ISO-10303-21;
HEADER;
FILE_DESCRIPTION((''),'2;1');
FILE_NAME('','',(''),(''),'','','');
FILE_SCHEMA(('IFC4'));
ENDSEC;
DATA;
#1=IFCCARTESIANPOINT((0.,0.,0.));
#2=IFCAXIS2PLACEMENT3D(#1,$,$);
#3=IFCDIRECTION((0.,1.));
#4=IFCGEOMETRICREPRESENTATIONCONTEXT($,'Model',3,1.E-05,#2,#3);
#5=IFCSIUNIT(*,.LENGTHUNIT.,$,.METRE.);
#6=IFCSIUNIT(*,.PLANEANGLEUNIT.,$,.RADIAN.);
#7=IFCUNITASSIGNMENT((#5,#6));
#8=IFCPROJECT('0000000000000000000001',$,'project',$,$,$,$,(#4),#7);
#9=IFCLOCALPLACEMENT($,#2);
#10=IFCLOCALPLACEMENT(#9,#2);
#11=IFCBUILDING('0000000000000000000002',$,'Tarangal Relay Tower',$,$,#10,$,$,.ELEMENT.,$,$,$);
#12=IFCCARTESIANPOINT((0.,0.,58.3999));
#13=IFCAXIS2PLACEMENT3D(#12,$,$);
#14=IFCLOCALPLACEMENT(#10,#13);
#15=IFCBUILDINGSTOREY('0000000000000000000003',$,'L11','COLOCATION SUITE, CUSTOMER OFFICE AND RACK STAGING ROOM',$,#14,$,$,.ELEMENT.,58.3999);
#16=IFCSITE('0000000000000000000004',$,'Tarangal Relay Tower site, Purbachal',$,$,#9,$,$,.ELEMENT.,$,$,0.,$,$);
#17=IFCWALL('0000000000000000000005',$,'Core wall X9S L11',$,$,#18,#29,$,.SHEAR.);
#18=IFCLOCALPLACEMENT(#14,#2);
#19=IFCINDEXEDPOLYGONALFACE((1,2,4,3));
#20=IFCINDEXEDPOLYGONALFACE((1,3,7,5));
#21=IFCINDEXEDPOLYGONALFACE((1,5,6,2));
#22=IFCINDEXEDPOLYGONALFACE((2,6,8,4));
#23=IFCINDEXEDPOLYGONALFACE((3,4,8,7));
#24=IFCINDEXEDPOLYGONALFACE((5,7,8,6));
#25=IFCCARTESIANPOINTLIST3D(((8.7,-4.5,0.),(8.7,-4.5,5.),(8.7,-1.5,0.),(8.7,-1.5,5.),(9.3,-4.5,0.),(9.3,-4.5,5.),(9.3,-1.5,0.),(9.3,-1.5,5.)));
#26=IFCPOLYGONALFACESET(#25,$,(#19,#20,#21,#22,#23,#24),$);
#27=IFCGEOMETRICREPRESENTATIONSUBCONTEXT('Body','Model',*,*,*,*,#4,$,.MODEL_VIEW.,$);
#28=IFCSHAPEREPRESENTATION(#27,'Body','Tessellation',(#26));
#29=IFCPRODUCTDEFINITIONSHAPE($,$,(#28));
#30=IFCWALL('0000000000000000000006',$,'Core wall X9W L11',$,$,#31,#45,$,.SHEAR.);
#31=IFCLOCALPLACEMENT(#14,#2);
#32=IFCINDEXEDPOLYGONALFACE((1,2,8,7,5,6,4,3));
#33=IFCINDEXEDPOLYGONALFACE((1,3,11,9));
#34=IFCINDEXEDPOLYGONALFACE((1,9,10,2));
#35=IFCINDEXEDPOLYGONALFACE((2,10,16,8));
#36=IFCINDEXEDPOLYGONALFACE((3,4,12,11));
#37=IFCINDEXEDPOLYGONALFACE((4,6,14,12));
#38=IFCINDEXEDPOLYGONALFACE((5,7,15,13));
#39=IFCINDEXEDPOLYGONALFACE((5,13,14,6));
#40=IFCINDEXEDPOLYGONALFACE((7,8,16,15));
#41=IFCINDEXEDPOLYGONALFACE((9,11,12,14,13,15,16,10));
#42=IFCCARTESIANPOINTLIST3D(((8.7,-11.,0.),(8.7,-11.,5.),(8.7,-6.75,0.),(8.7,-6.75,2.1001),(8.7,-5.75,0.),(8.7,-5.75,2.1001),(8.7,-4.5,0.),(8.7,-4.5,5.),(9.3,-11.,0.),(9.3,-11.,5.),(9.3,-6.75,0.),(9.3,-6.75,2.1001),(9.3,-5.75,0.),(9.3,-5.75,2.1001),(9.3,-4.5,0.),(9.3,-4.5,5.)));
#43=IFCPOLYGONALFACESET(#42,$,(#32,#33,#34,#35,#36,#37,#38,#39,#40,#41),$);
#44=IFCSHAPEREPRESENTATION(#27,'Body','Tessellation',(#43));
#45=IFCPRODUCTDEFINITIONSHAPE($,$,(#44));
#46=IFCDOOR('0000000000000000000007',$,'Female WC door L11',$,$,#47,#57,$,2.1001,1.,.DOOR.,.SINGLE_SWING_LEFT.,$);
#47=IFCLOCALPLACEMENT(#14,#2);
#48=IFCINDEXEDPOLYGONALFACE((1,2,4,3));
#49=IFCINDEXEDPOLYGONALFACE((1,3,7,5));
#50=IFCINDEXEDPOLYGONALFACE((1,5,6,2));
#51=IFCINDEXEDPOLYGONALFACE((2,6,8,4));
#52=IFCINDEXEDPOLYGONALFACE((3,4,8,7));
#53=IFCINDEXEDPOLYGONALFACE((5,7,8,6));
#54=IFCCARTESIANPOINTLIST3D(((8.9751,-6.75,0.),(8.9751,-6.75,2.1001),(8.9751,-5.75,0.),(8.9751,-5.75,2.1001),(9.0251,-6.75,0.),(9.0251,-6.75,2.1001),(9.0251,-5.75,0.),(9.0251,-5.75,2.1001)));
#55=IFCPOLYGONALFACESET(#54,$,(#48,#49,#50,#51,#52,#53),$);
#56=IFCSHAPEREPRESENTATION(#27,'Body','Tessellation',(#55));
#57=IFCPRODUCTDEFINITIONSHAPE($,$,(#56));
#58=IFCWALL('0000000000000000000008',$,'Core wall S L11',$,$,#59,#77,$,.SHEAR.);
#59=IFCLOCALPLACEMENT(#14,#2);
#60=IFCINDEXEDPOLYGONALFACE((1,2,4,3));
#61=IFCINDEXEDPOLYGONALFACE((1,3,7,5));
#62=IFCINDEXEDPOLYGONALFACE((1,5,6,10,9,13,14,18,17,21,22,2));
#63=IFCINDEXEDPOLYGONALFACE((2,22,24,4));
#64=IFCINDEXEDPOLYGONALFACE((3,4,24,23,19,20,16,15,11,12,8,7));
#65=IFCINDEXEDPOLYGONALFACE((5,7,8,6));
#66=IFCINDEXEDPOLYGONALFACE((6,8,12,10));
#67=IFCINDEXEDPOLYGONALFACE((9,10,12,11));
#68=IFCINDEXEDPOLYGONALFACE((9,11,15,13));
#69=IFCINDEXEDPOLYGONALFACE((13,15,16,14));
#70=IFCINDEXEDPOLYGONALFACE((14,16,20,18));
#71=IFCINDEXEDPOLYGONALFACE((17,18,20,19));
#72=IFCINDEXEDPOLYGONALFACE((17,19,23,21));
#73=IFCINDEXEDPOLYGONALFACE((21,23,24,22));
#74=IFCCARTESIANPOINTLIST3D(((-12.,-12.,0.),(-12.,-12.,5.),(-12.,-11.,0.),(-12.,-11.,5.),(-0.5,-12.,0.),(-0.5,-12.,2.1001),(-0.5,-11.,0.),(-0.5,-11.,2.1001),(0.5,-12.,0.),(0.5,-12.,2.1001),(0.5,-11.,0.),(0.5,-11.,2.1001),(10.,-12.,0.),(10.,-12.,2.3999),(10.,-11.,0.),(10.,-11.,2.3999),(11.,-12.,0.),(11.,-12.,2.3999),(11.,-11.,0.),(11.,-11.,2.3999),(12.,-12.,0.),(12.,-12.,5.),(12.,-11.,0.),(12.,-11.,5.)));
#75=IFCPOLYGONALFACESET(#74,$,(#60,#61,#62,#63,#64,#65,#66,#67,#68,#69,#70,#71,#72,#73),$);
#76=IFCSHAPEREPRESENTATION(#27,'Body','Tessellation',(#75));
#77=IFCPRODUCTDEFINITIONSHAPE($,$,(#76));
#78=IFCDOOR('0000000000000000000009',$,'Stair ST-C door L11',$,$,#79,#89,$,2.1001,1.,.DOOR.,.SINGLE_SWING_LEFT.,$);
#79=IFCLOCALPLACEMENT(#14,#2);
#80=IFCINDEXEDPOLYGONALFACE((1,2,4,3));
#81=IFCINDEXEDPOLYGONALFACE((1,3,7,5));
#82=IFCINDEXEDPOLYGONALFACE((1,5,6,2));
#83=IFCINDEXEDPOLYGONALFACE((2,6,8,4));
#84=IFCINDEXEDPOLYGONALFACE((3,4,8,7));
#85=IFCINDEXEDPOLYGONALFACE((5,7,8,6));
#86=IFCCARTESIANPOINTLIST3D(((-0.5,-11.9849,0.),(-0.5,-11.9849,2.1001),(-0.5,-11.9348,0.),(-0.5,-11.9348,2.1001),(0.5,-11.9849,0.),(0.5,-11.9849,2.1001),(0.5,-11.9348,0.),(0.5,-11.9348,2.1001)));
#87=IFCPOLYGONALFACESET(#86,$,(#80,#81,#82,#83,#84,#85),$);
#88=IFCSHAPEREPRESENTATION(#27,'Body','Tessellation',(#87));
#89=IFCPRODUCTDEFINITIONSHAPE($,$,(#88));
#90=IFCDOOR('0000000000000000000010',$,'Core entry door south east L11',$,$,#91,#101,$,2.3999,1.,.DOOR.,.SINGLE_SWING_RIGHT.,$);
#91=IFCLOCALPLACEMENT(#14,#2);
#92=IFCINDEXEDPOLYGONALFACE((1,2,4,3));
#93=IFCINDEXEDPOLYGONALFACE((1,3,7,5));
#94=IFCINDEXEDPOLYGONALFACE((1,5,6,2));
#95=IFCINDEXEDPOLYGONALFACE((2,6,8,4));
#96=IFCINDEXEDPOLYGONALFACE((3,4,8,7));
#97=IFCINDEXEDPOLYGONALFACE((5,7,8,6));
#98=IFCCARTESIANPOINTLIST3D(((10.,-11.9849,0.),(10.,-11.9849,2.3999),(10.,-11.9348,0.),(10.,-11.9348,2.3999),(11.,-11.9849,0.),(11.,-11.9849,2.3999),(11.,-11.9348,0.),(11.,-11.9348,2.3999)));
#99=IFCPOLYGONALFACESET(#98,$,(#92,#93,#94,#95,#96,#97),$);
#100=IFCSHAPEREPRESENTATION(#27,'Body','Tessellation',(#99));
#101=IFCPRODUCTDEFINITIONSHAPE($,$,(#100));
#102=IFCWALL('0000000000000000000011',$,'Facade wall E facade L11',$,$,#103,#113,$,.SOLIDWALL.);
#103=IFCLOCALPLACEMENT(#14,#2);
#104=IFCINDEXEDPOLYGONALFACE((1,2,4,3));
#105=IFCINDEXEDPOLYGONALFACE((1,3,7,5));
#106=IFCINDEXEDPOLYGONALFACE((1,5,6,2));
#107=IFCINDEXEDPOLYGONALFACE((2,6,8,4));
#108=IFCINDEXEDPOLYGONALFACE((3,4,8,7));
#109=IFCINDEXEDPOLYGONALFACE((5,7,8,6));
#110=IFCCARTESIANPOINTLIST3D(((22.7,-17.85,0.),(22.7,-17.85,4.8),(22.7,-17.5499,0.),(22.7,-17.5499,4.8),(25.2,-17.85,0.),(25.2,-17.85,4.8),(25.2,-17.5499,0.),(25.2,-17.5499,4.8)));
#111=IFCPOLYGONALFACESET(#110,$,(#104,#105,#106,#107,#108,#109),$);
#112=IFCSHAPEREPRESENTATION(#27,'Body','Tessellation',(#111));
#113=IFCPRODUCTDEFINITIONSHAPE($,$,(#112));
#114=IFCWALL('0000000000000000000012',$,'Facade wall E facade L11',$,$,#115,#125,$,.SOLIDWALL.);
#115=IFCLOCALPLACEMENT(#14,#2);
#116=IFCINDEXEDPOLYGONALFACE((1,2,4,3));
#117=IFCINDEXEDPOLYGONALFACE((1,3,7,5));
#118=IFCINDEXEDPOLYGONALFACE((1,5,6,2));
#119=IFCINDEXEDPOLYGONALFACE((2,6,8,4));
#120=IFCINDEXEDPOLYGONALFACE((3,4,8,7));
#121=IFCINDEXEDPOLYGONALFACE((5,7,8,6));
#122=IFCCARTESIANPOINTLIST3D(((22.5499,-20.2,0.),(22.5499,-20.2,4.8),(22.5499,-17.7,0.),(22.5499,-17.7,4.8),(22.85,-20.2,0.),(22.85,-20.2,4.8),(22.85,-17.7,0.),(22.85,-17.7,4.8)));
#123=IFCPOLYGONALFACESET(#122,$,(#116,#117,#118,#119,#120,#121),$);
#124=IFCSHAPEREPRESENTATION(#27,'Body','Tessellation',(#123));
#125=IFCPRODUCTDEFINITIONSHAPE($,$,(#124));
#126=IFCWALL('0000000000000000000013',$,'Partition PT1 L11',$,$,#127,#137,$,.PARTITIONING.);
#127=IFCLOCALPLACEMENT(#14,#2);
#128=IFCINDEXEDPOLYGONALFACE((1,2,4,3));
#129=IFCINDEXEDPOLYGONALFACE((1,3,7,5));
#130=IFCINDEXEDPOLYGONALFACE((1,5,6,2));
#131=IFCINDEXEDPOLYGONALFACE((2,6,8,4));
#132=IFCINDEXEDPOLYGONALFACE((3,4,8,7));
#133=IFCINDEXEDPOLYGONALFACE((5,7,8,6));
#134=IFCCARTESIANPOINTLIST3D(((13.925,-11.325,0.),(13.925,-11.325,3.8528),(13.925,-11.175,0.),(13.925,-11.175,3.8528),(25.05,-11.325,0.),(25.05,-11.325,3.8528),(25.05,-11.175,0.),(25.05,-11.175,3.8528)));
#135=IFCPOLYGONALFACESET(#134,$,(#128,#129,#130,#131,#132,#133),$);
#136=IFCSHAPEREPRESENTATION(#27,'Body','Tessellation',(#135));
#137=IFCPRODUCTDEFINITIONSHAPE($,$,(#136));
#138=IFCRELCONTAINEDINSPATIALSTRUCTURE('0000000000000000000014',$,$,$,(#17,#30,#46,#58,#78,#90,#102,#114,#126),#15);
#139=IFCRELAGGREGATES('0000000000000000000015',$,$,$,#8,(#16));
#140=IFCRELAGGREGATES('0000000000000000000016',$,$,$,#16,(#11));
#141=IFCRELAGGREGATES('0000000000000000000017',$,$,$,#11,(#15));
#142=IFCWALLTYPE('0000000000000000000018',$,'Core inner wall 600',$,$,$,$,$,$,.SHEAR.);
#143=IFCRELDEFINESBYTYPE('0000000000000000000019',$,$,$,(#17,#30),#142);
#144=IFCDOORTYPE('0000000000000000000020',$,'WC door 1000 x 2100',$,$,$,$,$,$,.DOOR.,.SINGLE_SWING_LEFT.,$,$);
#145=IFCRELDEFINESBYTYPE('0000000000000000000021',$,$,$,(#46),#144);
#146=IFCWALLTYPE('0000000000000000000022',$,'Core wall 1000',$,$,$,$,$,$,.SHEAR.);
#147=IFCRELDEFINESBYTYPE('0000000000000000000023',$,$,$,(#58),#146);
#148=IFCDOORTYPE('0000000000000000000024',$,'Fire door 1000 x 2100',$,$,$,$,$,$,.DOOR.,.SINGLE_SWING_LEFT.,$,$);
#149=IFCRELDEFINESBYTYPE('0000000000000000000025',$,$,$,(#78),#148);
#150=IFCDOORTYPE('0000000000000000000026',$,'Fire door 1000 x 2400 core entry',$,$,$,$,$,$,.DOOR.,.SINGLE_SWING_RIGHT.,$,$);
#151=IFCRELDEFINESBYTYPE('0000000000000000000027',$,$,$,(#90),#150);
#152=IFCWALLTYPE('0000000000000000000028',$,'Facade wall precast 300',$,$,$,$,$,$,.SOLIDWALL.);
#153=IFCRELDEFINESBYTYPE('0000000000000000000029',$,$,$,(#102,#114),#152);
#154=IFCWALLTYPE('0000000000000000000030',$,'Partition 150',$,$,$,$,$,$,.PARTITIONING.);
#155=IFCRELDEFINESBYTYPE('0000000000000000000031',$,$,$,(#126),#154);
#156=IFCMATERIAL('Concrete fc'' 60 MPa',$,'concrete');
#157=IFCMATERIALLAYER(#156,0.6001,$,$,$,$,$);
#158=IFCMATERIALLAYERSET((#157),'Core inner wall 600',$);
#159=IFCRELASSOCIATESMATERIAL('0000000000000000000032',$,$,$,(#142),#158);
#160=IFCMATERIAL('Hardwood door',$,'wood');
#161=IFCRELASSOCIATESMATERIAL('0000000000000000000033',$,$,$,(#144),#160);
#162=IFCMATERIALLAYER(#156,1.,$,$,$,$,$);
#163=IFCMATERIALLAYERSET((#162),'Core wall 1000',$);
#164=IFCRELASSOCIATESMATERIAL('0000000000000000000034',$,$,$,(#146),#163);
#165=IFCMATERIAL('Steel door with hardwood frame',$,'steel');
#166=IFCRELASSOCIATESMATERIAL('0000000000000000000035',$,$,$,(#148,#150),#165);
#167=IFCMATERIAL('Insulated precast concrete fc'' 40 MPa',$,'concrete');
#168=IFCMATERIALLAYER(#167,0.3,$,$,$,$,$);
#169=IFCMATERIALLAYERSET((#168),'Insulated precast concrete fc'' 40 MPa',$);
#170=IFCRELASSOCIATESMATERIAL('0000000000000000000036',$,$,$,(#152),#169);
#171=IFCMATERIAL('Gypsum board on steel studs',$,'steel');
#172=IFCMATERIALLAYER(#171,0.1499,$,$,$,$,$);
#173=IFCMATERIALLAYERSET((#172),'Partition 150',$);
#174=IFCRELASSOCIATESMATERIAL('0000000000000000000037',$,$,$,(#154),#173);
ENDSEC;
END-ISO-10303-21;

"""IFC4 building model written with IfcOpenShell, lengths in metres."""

from ifc_helpers import new_model, si_unit, direction, frame, frame_2d, origin, place, context, subcontext, project, spatial, rectangle, extrude, material, layer, layer_set, type_object, element, fill, save


model = new_model("IFC4")

# Units and contexts
model_context = context("Model", 3, precision=1e-05, world=origin(), true_north=direction((0.0, 1.0)))
body_context = subcontext(model_context, "Body", "Model", "MODEL_VIEW")
ifc_project = project(units=[si_unit("LENGTHUNIT", "METRE"), si_unit("PLANEANGLEUNIT", "RADIAN")], contexts=[model_context])

# Site, building, storey
site_placement = place(None, origin())
site = spatial("IfcSite", under=ifc_project, at=site_placement, Name="Tarangal Relay Tower site, Purbachal", CompositionType="ELEMENT", RefElevation=0.0)
building_placement = place(site_placement, origin())
building = spatial("IfcBuilding", under=site, at=building_placement, Name="Tarangal Relay Tower", CompositionType="ELEMENT")
storey_placement = place(building_placement, frame((0.0, 0.0, 58.3999)))
storey = spatial("IfcBuildingStorey", under=building, at=storey_placement, Name="L11", Description="COLOCATION SUITE, CUSTOMER OFFICE AND RACK STAGING ROOM", CompositionType="ELEMENT", Elevation=58.3999)

# Wall
ifc_material_1 = material(Name="Concrete fc' 60 MPa", Category="concrete")
ifc_layer_1 = layer(ifc_material_1, 0.6001)
ifc_layer_set_1 = layer_set([ifc_layer_1], Name="Core inner wall 600")
wall_type_1 = type_object("IfcWallType", Name="Core inner wall 600", PredefinedType="SHEAR", material=ifc_layer_set_1)
wall_1_placement = place(storey_placement, frame((9.0, -4.5, 0.0), z_axis=(0.0, 0.0, 1.0), x_axis=(0.0, 1.0, 0.0)))
element("IfcWall", 1, at=wall_1_placement, inside=storey, type_object=wall_type_1, Name="Core wall X9S L11", PredefinedType="SHEAR", context=body_context, shape_type="SweptSolid", body=[
    extrude(rectangle(XDim=3.0, YDim=0.6001, at=frame_2d((1.5, 0.0))), origin(), (0.0, 0.0, 1.0), 5.0),
])

# Wall, opening, door
wall_2_placement = place(storey_placement, frame((9.0, -11.0, 0.0), z_axis=(0.0, 0.0, 1.0), x_axis=(0.0, 1.0, 0.0)))
wall_2 = element("IfcWall", 2, at=wall_2_placement, inside=storey, type_object=wall_type_1, Name="Core wall X9W L11", PredefinedType="SHEAR", context=body_context, shape_type="SweptSolid", body=[
    extrude(rectangle(XDim=6.5, YDim=0.6001, at=frame_2d((3.25, 0.0))), origin(), (0.0, 0.0, 1.0), 5.0),
])
opening_1_placement = place(wall_2_placement, frame((4.25, 0.0, 0.0)))
opening_1 = element("IfcOpeningElement", 3, at=opening_1_placement, cuts=wall_2, PredefinedType="OPENING", context=body_context, shape_type="SweptSolid", body=[
    extrude(rectangle(XDim=1.0, YDim=2.1001, at=frame_2d((0.5, 1.05))), frame((0.0, 0.3101, 0.0), z_axis=(0.0, -1.0, 0.0), x_axis=(1.0, 0.0, 0.0)), (0.0, 0.0, 1.0), 0.6201),
])
ifc_material_2 = material(Name="Hardwood door", Category="wood")
door_type_1 = type_object("IfcDoorType", Name="WC door 1000 x 2100", OperationType="SINGLE_SWING_LEFT", PredefinedType="DOOR", material=ifc_material_2)
door_1_placement = place(opening_1_placement, origin())
door_1 = element("IfcDoor", 4, at=door_1_placement, inside=storey, type_object=door_type_1, Name="Female WC door L11", OperationType="SINGLE_SWING_LEFT", OverallHeight=2.1001, OverallWidth=1.0, PredefinedType="DOOR", context=body_context, shape_type="SweptSolid", body=[
    extrude(rectangle(XDim=1.0, YDim=2.1001, at=frame_2d((0.5, 1.05))), frame((0.0, 0.0249, 0.0), z_axis=(0.0, -1.0, 0.0), x_axis=(1.0, 0.0, 0.0)), (0.0, 0.0, 1.0), 0.05),
])
fill(opening_1, door_1)

# Wall, openings, doors
ifc_layer_2 = layer(ifc_material_1, 1.0)
ifc_layer_set_2 = layer_set([ifc_layer_2], Name="Core wall 1000")
wall_type_2 = type_object("IfcWallType", Name="Core wall 1000", PredefinedType="SHEAR", material=ifc_layer_set_2)
wall_3_placement = place(storey_placement, frame((12.0, -11.5, 0.0), z_axis=(0.0, 0.0, 1.0), x_axis=(-1.0, 0.0, 0.0)))
wall_3 = element("IfcWall", 5, at=wall_3_placement, inside=storey, type_object=wall_type_2, Name="Core wall S L11", PredefinedType="SHEAR", context=body_context, shape_type="SweptSolid", body=[
    extrude(rectangle(XDim=24.0, YDim=1.0, at=frame_2d((12.0, 0.0))), origin(), (0.0, 0.0, 1.0), 5.0),
])
opening_2_placement = place(wall_3_placement, frame((11.5, 0.0, 0.0)))
opening_2 = element("IfcOpeningElement", 6, at=opening_2_placement, cuts=wall_3, PredefinedType="OPENING", context=body_context, shape_type="SweptSolid", body=[
    extrude(rectangle(XDim=1.0, YDim=2.1001, at=frame_2d((0.5, 1.05))), frame((0.0, 0.51, 0.0), z_axis=(0.0, -1.0, 0.0), x_axis=(1.0, 0.0, 0.0)), (0.0, 0.0, 1.0), 1.02),
])
opening_3_placement = place(wall_3_placement, frame((1.0, 0.0, 0.0)))
opening_3 = element("IfcOpeningElement", 7, at=opening_3_placement, cuts=wall_3, PredefinedType="OPENING", context=body_context, shape_type="SweptSolid", body=[
    extrude(rectangle(XDim=1.0, YDim=2.3999, at=frame_2d((0.5, 1.2))), frame((0.0, 0.51, 0.0), z_axis=(0.0, -1.0, 0.0), x_axis=(1.0, 0.0, 0.0)), (0.0, 0.0, 1.0), 1.02),
])
ifc_material_3 = material(Name="Steel door with hardwood frame", Category="steel")
door_type_2 = type_object("IfcDoorType", Name="Fire door 1000 x 2100", OperationType="SINGLE_SWING_LEFT", PredefinedType="DOOR", material=ifc_material_3)
door_2_placement = place(opening_2_placement, origin())
door_2 = element("IfcDoor", 8, at=door_2_placement, inside=storey, type_object=door_type_2, Name="Stair ST-C door L11", OperationType="SINGLE_SWING_LEFT", OverallHeight=2.1001, OverallWidth=1.0, PredefinedType="DOOR", context=body_context, shape_type="SweptSolid", body=[
    extrude(rectangle(XDim=1.0, YDim=2.1001, at=frame_2d((0.5, 1.05))), frame((0.0, 0.4849, 0.0), z_axis=(0.0, -1.0, 0.0), x_axis=(1.0, 0.0, 0.0)), (0.0, 0.0, 1.0), 0.05),
])
fill(opening_2, door_2)
door_type_3 = type_object("IfcDoorType", Name="Fire door 1000 x 2400 core entry", OperationType="SINGLE_SWING_RIGHT", PredefinedType="DOOR", material=ifc_material_3)
door_3_placement = place(opening_3_placement, origin())
door_3 = element("IfcDoor", 9, at=door_3_placement, inside=storey, type_object=door_type_3, Name="Core entry door south east L11", OperationType="SINGLE_SWING_RIGHT", OverallHeight=2.3999, OverallWidth=1.0, PredefinedType="DOOR", context=body_context, shape_type="SweptSolid", body=[
    extrude(rectangle(XDim=1.0, YDim=2.3999, at=frame_2d((0.5, 1.2))), frame((0.0, 0.4849, 0.0), z_axis=(0.0, -1.0, 0.0), x_axis=(1.0, 0.0, 0.0)), (0.0, 0.0, 1.0), 0.05),
])
fill(opening_3, door_3)

# Walls
ifc_material_4 = material(Name="Insulated precast concrete fc' 40 MPa", Category="concrete")
ifc_layer_3 = layer(ifc_material_4, 0.3)
ifc_layer_set_3 = layer_set([ifc_layer_3], Name="Insulated precast concrete fc' 40 MPa")
wall_type_3 = type_object("IfcWallType", Name="Facade wall precast 300", PredefinedType="SOLIDWALL", material=ifc_layer_set_3)
for number, where, z_axis, x_axis, name in (
    (10, (25.2, -17.7, 0.0), (0.0, 0.0, 1.0), (-1.0, 0.0, 0.0), "Facade wall E facade L11"),
    (11, (22.7, -17.7, 0.0), (0.0, 0.0, 1.0), (0.0, -1.0, 0.0), "Facade wall E facade L11"),
):
    element("IfcWall", number, at=place(storey_placement, frame(where, z_axis=z_axis, x_axis=x_axis)), inside=storey, type_object=wall_type_3, Name=name, PredefinedType="SOLIDWALL", context=body_context, shape_type="SweptSolid", body=[
        extrude(rectangle(XDim=2.5, YDim=0.3, at=frame_2d((1.25, 0.0))), origin(), (0.0, 0.0, 1.0), 4.8),
    ])
ifc_material_5 = material(Name="Gypsum board on steel studs", Category="steel")
ifc_layer_4 = layer(ifc_material_5, 0.1499)
ifc_layer_set_4 = layer_set([ifc_layer_4], Name="Partition 150")
wall_type_4 = type_object("IfcWallType", Name="Partition 150", PredefinedType="PARTITIONING", material=ifc_layer_set_4)
wall_4_placement = place(storey_placement, frame((13.925, -11.25, 0.0), z_axis=(0.0, 0.0, 1.0), x_axis=(1.0, 0.0, 0.0)))
element("IfcWall", 12, at=wall_4_placement, inside=storey, type_object=wall_type_4, Name="Partition PT1 L11", PredefinedType="PARTITIONING", context=body_context, shape_type="SweptSolid", body=[
    extrude(rectangle(XDim=11.125, YDim=0.1499, at=frame_2d((5.5625, 0.0))), origin(), (0.0, 0.0, 1.0), 3.8528),
])

save(model, "model.ifc")
